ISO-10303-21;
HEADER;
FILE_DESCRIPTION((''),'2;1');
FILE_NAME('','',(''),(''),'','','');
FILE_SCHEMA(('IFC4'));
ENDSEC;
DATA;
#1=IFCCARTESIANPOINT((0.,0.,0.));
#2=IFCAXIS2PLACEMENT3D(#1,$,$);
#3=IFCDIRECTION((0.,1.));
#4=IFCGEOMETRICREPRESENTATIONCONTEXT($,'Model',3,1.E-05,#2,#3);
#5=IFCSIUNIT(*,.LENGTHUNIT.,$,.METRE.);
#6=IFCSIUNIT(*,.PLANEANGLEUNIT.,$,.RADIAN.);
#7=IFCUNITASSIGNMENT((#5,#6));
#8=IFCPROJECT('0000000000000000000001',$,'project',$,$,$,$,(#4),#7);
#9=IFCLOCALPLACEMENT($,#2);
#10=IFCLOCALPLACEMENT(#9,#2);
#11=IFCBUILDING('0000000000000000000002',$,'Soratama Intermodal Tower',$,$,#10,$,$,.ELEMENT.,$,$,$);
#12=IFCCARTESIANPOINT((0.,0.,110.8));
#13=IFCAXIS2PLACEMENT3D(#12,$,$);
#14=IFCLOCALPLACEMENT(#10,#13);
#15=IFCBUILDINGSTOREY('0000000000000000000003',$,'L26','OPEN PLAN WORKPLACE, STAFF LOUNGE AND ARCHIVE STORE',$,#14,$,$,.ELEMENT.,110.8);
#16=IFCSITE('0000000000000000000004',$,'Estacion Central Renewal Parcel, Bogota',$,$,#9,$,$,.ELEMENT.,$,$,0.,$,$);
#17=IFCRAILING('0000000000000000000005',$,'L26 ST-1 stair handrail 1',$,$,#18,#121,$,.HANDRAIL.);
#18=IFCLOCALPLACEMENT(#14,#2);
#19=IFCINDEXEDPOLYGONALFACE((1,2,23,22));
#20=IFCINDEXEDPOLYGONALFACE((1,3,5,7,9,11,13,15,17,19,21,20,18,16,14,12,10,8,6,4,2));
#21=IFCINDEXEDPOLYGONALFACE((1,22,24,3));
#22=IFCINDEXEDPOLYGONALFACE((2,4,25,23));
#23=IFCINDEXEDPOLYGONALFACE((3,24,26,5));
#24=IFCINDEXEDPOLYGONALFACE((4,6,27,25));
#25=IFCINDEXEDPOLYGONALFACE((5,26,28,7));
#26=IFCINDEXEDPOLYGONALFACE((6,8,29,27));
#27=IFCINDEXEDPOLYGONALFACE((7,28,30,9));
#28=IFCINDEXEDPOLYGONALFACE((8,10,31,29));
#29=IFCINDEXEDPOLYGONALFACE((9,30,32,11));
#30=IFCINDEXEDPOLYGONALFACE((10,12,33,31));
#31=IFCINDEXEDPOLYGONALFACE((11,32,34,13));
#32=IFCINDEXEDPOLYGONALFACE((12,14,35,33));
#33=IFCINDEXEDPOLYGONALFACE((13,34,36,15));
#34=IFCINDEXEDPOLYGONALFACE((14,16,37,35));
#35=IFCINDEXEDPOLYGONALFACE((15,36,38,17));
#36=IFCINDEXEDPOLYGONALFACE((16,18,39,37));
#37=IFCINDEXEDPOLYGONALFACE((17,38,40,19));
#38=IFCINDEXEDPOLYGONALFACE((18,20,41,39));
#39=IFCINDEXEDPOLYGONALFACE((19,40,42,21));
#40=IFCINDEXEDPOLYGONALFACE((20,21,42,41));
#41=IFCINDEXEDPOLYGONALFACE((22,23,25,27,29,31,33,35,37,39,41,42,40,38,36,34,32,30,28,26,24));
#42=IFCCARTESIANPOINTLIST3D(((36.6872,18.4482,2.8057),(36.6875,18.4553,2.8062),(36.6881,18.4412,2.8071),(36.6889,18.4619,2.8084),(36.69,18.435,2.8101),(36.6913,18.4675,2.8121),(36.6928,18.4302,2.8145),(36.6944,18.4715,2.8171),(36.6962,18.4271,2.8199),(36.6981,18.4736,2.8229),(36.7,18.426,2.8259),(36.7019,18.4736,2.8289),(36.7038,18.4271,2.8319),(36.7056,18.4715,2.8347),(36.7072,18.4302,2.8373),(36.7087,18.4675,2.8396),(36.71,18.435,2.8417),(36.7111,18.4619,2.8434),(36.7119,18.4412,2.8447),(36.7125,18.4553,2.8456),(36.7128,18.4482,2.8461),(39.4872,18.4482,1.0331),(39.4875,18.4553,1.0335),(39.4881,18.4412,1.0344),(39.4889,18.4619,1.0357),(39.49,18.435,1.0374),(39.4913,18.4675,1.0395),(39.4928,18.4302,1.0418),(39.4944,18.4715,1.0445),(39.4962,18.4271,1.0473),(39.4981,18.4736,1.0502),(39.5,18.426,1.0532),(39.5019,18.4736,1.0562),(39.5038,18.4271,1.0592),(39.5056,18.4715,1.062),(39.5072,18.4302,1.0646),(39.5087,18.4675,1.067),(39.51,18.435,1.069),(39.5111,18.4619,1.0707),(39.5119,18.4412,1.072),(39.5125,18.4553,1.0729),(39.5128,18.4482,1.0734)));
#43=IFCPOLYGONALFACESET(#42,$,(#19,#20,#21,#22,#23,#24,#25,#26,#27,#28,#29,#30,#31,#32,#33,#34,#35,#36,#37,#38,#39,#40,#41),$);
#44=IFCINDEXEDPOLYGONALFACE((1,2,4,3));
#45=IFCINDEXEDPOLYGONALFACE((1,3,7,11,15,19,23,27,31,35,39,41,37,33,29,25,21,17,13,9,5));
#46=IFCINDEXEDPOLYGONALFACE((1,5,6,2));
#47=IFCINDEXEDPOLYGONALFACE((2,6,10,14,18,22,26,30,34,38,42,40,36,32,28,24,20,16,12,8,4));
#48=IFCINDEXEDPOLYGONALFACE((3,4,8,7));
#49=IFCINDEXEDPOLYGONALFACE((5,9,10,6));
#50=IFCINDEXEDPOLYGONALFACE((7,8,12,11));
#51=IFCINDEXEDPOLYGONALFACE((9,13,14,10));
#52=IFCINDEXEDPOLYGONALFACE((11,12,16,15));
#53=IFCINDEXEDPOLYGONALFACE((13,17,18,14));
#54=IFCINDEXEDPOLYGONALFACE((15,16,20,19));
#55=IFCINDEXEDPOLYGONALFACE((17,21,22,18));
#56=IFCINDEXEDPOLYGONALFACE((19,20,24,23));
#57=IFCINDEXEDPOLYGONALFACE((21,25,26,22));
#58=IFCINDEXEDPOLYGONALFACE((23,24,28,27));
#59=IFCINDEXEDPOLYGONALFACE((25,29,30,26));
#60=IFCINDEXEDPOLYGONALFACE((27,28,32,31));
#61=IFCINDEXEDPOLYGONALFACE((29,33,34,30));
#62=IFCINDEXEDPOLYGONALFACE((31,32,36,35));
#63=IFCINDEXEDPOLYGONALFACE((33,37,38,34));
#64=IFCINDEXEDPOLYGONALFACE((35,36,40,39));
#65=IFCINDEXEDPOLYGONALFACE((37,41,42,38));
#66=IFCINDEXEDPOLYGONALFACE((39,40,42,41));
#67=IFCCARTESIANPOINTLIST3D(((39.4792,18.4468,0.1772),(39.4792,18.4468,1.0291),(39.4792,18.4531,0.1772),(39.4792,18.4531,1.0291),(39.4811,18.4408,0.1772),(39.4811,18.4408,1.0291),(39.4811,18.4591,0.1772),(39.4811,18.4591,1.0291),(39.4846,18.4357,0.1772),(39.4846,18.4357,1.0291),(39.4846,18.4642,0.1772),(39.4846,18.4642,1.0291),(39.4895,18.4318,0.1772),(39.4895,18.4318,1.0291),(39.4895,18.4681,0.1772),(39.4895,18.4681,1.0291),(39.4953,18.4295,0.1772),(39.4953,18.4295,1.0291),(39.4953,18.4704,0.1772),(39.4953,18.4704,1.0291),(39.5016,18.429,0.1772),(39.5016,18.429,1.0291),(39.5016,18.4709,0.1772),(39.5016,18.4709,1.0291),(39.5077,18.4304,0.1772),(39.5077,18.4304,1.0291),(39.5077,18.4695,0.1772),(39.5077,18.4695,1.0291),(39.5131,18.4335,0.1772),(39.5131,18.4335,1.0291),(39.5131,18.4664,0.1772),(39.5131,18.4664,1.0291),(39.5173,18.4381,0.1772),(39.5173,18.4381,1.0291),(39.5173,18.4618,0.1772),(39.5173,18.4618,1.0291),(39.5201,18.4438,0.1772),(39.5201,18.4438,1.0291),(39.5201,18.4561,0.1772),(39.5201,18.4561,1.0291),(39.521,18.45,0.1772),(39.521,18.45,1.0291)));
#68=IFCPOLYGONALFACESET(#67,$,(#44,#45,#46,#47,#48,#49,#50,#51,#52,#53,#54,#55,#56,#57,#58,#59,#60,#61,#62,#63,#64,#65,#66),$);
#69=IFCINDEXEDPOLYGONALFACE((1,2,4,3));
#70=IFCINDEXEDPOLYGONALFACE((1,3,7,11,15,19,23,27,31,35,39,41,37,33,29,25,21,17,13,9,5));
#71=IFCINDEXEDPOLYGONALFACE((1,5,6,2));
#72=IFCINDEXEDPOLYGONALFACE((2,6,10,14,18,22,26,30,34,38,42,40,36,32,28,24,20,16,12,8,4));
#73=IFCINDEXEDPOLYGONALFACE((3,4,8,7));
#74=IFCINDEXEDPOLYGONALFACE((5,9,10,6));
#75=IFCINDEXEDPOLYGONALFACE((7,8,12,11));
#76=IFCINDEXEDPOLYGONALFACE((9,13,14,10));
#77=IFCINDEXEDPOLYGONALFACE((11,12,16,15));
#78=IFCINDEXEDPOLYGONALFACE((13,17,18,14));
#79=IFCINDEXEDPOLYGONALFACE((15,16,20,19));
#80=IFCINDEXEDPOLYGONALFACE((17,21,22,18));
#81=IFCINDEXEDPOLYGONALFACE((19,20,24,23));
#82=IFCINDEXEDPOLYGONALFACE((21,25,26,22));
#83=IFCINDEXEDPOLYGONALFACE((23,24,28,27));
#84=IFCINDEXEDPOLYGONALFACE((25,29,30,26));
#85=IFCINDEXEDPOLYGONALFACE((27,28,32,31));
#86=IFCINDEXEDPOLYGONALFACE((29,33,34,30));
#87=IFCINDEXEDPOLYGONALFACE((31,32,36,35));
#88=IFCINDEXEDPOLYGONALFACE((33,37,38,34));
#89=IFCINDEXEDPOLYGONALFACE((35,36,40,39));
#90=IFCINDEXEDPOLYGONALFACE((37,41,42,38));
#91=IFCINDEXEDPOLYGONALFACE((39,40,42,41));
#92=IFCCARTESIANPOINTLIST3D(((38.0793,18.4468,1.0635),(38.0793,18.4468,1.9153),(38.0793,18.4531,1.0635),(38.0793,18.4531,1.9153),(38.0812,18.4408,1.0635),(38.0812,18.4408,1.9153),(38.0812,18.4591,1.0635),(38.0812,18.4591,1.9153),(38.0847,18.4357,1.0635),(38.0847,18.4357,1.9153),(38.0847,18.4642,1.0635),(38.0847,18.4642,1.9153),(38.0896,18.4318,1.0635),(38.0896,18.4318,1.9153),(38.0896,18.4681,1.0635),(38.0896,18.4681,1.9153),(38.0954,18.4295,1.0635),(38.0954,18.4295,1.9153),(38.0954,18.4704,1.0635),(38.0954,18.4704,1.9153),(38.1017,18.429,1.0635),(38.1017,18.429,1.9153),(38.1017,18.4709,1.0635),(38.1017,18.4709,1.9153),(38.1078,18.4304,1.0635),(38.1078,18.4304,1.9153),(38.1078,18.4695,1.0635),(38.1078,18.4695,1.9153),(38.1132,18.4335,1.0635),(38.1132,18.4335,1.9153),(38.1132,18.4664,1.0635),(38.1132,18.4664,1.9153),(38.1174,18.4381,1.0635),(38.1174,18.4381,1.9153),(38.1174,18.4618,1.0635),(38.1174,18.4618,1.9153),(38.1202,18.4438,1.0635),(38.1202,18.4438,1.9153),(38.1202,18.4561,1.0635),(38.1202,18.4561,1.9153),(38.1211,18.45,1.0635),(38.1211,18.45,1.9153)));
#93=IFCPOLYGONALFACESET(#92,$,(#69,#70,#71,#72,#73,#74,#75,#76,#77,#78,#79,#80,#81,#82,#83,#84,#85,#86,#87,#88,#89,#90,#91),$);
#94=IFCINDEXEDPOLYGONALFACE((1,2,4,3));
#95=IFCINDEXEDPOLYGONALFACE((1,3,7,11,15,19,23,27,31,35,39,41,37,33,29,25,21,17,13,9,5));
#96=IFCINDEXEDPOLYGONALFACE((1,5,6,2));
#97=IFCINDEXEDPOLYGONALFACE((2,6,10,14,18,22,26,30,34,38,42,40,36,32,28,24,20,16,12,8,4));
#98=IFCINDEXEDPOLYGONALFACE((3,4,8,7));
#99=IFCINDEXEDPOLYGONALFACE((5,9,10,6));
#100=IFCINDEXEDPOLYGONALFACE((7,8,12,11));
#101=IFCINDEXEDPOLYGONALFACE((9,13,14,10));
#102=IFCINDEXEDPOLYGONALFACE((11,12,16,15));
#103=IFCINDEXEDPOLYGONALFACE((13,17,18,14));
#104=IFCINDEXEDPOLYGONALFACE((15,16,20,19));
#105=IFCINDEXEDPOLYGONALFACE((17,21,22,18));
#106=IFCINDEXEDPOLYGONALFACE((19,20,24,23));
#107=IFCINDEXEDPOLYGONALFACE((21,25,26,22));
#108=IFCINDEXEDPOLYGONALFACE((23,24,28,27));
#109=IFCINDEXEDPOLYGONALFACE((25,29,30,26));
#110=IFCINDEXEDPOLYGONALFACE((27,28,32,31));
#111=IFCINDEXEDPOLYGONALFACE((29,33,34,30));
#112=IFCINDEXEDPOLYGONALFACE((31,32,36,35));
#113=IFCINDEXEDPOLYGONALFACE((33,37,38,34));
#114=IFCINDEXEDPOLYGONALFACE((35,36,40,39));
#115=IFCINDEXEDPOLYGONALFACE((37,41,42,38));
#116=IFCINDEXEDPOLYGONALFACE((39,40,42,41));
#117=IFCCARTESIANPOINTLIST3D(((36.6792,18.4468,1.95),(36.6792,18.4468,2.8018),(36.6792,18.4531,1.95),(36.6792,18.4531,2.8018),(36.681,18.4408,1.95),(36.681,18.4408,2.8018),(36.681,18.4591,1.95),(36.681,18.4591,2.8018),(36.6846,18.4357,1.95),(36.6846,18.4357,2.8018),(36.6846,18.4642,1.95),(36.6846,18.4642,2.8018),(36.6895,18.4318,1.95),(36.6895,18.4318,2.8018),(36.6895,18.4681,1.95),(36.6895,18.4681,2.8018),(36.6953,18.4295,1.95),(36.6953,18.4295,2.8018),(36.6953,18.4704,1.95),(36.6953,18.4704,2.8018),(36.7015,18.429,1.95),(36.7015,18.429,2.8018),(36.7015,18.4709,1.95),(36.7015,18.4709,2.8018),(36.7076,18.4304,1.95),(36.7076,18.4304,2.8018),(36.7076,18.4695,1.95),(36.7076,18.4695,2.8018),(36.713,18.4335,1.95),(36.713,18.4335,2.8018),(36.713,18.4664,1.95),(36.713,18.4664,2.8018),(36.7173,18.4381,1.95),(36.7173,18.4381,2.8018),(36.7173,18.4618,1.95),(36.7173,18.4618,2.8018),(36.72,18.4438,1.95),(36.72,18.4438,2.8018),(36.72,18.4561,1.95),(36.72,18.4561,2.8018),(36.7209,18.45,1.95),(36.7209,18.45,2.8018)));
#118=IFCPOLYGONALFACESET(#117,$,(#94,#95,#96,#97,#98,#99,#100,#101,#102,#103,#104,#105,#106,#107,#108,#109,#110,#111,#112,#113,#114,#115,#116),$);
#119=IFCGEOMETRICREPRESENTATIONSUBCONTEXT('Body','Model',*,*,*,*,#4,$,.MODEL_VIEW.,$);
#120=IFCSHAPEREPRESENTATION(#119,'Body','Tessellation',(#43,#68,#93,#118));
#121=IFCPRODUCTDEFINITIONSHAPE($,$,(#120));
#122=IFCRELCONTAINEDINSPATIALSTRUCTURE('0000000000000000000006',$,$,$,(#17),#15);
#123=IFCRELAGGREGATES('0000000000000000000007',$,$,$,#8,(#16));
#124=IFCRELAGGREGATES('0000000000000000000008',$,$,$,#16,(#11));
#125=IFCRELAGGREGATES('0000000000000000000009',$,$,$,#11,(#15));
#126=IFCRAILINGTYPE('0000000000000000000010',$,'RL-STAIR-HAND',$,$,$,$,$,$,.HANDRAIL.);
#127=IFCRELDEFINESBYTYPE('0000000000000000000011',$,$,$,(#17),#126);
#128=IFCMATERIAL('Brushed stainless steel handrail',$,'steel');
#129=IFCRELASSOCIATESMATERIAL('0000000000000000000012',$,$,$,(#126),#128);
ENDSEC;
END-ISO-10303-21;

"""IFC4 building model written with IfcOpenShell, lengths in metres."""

from ifc_helpers import new_model, si_unit, direction, frame, origin, origin_2d, place, context, subcontext, project, spatial, circle, extrude, material, type_object, element, save


model = new_model("IFC4")

# Units and contexts
model_context = context("Model", 3, precision=1e-05, world=origin(), true_north=direction((0.0, 1.0)))
body_context = subcontext(model_context, "Body", "Model", "MODEL_VIEW")
ifc_project = project(units=[si_unit("LENGTHUNIT", "METRE"), si_unit("PLANEANGLEUNIT", "RADIAN")], contexts=[model_context])

# Site, building, storey
site_placement = place(None, origin())
site = spatial("IfcSite", under=ifc_project, at=site_placement, Name="Estacion Central Renewal Parcel, Bogota", CompositionType="ELEMENT", RefElevation=0.0)
building_placement = place(site_placement, origin())
building = spatial("IfcBuilding", under=site, at=building_placement, Name="Soratama Intermodal Tower", CompositionType="ELEMENT")
storey_placement = place(building_placement, frame((0.0, 0.0, 110.8)))
storey = spatial("IfcBuildingStorey", under=building, at=storey_placement, Name="L26", Description="OPEN PLAN WORKPLACE, STAFF LOUNGE AND ARCHIVE STORE", CompositionType="ELEMENT", Elevation=110.8)

# Railing
ifc_material_1 = material(Name="Brushed stainless steel handrail", Category="steel")
railing_type_1 = type_object("IfcRailingType", Name="RL-STAIR-HAND", PredefinedType="HANDRAIL", material=ifc_material_1)
railing_1_placement = place(storey_placement, frame((39.5, 18.45, 0.1772)))
element("IfcRailing", 1, at=railing_1_placement, inside=storey, type_object=railing_type_1, Name="L26 ST-1 stair handrail 1", PredefinedType="HANDRAIL", context=body_context, shape_type="SweptSolid", body=[
    extrude(circle(Radius=0.0239, at=origin_2d()), frame((0.0, 0.0, 0.876), z_axis=(-0.844909, 0.0, 0.53491), x_axis=(0.0, -1.0, 0.0)), (0.0, 0.0, 1.0), 3.314),
    extrude(circle(Radius=0.021, at=origin_2d()), origin(), (0.0, 0.0, 1.0), 0.8518),
    extrude(circle(Radius=0.021, at=origin_2d()), frame((-1.3999, 0.0, 0.8862)), (0.0, 0.0, 1.0), 0.8518),
    extrude(circle(Radius=0.021, at=origin_2d()), frame((-2.8, 0.0, 1.7727)), (0.0, 0.0, 1.0), 0.8518),
])

save(model, "model.ifc")
